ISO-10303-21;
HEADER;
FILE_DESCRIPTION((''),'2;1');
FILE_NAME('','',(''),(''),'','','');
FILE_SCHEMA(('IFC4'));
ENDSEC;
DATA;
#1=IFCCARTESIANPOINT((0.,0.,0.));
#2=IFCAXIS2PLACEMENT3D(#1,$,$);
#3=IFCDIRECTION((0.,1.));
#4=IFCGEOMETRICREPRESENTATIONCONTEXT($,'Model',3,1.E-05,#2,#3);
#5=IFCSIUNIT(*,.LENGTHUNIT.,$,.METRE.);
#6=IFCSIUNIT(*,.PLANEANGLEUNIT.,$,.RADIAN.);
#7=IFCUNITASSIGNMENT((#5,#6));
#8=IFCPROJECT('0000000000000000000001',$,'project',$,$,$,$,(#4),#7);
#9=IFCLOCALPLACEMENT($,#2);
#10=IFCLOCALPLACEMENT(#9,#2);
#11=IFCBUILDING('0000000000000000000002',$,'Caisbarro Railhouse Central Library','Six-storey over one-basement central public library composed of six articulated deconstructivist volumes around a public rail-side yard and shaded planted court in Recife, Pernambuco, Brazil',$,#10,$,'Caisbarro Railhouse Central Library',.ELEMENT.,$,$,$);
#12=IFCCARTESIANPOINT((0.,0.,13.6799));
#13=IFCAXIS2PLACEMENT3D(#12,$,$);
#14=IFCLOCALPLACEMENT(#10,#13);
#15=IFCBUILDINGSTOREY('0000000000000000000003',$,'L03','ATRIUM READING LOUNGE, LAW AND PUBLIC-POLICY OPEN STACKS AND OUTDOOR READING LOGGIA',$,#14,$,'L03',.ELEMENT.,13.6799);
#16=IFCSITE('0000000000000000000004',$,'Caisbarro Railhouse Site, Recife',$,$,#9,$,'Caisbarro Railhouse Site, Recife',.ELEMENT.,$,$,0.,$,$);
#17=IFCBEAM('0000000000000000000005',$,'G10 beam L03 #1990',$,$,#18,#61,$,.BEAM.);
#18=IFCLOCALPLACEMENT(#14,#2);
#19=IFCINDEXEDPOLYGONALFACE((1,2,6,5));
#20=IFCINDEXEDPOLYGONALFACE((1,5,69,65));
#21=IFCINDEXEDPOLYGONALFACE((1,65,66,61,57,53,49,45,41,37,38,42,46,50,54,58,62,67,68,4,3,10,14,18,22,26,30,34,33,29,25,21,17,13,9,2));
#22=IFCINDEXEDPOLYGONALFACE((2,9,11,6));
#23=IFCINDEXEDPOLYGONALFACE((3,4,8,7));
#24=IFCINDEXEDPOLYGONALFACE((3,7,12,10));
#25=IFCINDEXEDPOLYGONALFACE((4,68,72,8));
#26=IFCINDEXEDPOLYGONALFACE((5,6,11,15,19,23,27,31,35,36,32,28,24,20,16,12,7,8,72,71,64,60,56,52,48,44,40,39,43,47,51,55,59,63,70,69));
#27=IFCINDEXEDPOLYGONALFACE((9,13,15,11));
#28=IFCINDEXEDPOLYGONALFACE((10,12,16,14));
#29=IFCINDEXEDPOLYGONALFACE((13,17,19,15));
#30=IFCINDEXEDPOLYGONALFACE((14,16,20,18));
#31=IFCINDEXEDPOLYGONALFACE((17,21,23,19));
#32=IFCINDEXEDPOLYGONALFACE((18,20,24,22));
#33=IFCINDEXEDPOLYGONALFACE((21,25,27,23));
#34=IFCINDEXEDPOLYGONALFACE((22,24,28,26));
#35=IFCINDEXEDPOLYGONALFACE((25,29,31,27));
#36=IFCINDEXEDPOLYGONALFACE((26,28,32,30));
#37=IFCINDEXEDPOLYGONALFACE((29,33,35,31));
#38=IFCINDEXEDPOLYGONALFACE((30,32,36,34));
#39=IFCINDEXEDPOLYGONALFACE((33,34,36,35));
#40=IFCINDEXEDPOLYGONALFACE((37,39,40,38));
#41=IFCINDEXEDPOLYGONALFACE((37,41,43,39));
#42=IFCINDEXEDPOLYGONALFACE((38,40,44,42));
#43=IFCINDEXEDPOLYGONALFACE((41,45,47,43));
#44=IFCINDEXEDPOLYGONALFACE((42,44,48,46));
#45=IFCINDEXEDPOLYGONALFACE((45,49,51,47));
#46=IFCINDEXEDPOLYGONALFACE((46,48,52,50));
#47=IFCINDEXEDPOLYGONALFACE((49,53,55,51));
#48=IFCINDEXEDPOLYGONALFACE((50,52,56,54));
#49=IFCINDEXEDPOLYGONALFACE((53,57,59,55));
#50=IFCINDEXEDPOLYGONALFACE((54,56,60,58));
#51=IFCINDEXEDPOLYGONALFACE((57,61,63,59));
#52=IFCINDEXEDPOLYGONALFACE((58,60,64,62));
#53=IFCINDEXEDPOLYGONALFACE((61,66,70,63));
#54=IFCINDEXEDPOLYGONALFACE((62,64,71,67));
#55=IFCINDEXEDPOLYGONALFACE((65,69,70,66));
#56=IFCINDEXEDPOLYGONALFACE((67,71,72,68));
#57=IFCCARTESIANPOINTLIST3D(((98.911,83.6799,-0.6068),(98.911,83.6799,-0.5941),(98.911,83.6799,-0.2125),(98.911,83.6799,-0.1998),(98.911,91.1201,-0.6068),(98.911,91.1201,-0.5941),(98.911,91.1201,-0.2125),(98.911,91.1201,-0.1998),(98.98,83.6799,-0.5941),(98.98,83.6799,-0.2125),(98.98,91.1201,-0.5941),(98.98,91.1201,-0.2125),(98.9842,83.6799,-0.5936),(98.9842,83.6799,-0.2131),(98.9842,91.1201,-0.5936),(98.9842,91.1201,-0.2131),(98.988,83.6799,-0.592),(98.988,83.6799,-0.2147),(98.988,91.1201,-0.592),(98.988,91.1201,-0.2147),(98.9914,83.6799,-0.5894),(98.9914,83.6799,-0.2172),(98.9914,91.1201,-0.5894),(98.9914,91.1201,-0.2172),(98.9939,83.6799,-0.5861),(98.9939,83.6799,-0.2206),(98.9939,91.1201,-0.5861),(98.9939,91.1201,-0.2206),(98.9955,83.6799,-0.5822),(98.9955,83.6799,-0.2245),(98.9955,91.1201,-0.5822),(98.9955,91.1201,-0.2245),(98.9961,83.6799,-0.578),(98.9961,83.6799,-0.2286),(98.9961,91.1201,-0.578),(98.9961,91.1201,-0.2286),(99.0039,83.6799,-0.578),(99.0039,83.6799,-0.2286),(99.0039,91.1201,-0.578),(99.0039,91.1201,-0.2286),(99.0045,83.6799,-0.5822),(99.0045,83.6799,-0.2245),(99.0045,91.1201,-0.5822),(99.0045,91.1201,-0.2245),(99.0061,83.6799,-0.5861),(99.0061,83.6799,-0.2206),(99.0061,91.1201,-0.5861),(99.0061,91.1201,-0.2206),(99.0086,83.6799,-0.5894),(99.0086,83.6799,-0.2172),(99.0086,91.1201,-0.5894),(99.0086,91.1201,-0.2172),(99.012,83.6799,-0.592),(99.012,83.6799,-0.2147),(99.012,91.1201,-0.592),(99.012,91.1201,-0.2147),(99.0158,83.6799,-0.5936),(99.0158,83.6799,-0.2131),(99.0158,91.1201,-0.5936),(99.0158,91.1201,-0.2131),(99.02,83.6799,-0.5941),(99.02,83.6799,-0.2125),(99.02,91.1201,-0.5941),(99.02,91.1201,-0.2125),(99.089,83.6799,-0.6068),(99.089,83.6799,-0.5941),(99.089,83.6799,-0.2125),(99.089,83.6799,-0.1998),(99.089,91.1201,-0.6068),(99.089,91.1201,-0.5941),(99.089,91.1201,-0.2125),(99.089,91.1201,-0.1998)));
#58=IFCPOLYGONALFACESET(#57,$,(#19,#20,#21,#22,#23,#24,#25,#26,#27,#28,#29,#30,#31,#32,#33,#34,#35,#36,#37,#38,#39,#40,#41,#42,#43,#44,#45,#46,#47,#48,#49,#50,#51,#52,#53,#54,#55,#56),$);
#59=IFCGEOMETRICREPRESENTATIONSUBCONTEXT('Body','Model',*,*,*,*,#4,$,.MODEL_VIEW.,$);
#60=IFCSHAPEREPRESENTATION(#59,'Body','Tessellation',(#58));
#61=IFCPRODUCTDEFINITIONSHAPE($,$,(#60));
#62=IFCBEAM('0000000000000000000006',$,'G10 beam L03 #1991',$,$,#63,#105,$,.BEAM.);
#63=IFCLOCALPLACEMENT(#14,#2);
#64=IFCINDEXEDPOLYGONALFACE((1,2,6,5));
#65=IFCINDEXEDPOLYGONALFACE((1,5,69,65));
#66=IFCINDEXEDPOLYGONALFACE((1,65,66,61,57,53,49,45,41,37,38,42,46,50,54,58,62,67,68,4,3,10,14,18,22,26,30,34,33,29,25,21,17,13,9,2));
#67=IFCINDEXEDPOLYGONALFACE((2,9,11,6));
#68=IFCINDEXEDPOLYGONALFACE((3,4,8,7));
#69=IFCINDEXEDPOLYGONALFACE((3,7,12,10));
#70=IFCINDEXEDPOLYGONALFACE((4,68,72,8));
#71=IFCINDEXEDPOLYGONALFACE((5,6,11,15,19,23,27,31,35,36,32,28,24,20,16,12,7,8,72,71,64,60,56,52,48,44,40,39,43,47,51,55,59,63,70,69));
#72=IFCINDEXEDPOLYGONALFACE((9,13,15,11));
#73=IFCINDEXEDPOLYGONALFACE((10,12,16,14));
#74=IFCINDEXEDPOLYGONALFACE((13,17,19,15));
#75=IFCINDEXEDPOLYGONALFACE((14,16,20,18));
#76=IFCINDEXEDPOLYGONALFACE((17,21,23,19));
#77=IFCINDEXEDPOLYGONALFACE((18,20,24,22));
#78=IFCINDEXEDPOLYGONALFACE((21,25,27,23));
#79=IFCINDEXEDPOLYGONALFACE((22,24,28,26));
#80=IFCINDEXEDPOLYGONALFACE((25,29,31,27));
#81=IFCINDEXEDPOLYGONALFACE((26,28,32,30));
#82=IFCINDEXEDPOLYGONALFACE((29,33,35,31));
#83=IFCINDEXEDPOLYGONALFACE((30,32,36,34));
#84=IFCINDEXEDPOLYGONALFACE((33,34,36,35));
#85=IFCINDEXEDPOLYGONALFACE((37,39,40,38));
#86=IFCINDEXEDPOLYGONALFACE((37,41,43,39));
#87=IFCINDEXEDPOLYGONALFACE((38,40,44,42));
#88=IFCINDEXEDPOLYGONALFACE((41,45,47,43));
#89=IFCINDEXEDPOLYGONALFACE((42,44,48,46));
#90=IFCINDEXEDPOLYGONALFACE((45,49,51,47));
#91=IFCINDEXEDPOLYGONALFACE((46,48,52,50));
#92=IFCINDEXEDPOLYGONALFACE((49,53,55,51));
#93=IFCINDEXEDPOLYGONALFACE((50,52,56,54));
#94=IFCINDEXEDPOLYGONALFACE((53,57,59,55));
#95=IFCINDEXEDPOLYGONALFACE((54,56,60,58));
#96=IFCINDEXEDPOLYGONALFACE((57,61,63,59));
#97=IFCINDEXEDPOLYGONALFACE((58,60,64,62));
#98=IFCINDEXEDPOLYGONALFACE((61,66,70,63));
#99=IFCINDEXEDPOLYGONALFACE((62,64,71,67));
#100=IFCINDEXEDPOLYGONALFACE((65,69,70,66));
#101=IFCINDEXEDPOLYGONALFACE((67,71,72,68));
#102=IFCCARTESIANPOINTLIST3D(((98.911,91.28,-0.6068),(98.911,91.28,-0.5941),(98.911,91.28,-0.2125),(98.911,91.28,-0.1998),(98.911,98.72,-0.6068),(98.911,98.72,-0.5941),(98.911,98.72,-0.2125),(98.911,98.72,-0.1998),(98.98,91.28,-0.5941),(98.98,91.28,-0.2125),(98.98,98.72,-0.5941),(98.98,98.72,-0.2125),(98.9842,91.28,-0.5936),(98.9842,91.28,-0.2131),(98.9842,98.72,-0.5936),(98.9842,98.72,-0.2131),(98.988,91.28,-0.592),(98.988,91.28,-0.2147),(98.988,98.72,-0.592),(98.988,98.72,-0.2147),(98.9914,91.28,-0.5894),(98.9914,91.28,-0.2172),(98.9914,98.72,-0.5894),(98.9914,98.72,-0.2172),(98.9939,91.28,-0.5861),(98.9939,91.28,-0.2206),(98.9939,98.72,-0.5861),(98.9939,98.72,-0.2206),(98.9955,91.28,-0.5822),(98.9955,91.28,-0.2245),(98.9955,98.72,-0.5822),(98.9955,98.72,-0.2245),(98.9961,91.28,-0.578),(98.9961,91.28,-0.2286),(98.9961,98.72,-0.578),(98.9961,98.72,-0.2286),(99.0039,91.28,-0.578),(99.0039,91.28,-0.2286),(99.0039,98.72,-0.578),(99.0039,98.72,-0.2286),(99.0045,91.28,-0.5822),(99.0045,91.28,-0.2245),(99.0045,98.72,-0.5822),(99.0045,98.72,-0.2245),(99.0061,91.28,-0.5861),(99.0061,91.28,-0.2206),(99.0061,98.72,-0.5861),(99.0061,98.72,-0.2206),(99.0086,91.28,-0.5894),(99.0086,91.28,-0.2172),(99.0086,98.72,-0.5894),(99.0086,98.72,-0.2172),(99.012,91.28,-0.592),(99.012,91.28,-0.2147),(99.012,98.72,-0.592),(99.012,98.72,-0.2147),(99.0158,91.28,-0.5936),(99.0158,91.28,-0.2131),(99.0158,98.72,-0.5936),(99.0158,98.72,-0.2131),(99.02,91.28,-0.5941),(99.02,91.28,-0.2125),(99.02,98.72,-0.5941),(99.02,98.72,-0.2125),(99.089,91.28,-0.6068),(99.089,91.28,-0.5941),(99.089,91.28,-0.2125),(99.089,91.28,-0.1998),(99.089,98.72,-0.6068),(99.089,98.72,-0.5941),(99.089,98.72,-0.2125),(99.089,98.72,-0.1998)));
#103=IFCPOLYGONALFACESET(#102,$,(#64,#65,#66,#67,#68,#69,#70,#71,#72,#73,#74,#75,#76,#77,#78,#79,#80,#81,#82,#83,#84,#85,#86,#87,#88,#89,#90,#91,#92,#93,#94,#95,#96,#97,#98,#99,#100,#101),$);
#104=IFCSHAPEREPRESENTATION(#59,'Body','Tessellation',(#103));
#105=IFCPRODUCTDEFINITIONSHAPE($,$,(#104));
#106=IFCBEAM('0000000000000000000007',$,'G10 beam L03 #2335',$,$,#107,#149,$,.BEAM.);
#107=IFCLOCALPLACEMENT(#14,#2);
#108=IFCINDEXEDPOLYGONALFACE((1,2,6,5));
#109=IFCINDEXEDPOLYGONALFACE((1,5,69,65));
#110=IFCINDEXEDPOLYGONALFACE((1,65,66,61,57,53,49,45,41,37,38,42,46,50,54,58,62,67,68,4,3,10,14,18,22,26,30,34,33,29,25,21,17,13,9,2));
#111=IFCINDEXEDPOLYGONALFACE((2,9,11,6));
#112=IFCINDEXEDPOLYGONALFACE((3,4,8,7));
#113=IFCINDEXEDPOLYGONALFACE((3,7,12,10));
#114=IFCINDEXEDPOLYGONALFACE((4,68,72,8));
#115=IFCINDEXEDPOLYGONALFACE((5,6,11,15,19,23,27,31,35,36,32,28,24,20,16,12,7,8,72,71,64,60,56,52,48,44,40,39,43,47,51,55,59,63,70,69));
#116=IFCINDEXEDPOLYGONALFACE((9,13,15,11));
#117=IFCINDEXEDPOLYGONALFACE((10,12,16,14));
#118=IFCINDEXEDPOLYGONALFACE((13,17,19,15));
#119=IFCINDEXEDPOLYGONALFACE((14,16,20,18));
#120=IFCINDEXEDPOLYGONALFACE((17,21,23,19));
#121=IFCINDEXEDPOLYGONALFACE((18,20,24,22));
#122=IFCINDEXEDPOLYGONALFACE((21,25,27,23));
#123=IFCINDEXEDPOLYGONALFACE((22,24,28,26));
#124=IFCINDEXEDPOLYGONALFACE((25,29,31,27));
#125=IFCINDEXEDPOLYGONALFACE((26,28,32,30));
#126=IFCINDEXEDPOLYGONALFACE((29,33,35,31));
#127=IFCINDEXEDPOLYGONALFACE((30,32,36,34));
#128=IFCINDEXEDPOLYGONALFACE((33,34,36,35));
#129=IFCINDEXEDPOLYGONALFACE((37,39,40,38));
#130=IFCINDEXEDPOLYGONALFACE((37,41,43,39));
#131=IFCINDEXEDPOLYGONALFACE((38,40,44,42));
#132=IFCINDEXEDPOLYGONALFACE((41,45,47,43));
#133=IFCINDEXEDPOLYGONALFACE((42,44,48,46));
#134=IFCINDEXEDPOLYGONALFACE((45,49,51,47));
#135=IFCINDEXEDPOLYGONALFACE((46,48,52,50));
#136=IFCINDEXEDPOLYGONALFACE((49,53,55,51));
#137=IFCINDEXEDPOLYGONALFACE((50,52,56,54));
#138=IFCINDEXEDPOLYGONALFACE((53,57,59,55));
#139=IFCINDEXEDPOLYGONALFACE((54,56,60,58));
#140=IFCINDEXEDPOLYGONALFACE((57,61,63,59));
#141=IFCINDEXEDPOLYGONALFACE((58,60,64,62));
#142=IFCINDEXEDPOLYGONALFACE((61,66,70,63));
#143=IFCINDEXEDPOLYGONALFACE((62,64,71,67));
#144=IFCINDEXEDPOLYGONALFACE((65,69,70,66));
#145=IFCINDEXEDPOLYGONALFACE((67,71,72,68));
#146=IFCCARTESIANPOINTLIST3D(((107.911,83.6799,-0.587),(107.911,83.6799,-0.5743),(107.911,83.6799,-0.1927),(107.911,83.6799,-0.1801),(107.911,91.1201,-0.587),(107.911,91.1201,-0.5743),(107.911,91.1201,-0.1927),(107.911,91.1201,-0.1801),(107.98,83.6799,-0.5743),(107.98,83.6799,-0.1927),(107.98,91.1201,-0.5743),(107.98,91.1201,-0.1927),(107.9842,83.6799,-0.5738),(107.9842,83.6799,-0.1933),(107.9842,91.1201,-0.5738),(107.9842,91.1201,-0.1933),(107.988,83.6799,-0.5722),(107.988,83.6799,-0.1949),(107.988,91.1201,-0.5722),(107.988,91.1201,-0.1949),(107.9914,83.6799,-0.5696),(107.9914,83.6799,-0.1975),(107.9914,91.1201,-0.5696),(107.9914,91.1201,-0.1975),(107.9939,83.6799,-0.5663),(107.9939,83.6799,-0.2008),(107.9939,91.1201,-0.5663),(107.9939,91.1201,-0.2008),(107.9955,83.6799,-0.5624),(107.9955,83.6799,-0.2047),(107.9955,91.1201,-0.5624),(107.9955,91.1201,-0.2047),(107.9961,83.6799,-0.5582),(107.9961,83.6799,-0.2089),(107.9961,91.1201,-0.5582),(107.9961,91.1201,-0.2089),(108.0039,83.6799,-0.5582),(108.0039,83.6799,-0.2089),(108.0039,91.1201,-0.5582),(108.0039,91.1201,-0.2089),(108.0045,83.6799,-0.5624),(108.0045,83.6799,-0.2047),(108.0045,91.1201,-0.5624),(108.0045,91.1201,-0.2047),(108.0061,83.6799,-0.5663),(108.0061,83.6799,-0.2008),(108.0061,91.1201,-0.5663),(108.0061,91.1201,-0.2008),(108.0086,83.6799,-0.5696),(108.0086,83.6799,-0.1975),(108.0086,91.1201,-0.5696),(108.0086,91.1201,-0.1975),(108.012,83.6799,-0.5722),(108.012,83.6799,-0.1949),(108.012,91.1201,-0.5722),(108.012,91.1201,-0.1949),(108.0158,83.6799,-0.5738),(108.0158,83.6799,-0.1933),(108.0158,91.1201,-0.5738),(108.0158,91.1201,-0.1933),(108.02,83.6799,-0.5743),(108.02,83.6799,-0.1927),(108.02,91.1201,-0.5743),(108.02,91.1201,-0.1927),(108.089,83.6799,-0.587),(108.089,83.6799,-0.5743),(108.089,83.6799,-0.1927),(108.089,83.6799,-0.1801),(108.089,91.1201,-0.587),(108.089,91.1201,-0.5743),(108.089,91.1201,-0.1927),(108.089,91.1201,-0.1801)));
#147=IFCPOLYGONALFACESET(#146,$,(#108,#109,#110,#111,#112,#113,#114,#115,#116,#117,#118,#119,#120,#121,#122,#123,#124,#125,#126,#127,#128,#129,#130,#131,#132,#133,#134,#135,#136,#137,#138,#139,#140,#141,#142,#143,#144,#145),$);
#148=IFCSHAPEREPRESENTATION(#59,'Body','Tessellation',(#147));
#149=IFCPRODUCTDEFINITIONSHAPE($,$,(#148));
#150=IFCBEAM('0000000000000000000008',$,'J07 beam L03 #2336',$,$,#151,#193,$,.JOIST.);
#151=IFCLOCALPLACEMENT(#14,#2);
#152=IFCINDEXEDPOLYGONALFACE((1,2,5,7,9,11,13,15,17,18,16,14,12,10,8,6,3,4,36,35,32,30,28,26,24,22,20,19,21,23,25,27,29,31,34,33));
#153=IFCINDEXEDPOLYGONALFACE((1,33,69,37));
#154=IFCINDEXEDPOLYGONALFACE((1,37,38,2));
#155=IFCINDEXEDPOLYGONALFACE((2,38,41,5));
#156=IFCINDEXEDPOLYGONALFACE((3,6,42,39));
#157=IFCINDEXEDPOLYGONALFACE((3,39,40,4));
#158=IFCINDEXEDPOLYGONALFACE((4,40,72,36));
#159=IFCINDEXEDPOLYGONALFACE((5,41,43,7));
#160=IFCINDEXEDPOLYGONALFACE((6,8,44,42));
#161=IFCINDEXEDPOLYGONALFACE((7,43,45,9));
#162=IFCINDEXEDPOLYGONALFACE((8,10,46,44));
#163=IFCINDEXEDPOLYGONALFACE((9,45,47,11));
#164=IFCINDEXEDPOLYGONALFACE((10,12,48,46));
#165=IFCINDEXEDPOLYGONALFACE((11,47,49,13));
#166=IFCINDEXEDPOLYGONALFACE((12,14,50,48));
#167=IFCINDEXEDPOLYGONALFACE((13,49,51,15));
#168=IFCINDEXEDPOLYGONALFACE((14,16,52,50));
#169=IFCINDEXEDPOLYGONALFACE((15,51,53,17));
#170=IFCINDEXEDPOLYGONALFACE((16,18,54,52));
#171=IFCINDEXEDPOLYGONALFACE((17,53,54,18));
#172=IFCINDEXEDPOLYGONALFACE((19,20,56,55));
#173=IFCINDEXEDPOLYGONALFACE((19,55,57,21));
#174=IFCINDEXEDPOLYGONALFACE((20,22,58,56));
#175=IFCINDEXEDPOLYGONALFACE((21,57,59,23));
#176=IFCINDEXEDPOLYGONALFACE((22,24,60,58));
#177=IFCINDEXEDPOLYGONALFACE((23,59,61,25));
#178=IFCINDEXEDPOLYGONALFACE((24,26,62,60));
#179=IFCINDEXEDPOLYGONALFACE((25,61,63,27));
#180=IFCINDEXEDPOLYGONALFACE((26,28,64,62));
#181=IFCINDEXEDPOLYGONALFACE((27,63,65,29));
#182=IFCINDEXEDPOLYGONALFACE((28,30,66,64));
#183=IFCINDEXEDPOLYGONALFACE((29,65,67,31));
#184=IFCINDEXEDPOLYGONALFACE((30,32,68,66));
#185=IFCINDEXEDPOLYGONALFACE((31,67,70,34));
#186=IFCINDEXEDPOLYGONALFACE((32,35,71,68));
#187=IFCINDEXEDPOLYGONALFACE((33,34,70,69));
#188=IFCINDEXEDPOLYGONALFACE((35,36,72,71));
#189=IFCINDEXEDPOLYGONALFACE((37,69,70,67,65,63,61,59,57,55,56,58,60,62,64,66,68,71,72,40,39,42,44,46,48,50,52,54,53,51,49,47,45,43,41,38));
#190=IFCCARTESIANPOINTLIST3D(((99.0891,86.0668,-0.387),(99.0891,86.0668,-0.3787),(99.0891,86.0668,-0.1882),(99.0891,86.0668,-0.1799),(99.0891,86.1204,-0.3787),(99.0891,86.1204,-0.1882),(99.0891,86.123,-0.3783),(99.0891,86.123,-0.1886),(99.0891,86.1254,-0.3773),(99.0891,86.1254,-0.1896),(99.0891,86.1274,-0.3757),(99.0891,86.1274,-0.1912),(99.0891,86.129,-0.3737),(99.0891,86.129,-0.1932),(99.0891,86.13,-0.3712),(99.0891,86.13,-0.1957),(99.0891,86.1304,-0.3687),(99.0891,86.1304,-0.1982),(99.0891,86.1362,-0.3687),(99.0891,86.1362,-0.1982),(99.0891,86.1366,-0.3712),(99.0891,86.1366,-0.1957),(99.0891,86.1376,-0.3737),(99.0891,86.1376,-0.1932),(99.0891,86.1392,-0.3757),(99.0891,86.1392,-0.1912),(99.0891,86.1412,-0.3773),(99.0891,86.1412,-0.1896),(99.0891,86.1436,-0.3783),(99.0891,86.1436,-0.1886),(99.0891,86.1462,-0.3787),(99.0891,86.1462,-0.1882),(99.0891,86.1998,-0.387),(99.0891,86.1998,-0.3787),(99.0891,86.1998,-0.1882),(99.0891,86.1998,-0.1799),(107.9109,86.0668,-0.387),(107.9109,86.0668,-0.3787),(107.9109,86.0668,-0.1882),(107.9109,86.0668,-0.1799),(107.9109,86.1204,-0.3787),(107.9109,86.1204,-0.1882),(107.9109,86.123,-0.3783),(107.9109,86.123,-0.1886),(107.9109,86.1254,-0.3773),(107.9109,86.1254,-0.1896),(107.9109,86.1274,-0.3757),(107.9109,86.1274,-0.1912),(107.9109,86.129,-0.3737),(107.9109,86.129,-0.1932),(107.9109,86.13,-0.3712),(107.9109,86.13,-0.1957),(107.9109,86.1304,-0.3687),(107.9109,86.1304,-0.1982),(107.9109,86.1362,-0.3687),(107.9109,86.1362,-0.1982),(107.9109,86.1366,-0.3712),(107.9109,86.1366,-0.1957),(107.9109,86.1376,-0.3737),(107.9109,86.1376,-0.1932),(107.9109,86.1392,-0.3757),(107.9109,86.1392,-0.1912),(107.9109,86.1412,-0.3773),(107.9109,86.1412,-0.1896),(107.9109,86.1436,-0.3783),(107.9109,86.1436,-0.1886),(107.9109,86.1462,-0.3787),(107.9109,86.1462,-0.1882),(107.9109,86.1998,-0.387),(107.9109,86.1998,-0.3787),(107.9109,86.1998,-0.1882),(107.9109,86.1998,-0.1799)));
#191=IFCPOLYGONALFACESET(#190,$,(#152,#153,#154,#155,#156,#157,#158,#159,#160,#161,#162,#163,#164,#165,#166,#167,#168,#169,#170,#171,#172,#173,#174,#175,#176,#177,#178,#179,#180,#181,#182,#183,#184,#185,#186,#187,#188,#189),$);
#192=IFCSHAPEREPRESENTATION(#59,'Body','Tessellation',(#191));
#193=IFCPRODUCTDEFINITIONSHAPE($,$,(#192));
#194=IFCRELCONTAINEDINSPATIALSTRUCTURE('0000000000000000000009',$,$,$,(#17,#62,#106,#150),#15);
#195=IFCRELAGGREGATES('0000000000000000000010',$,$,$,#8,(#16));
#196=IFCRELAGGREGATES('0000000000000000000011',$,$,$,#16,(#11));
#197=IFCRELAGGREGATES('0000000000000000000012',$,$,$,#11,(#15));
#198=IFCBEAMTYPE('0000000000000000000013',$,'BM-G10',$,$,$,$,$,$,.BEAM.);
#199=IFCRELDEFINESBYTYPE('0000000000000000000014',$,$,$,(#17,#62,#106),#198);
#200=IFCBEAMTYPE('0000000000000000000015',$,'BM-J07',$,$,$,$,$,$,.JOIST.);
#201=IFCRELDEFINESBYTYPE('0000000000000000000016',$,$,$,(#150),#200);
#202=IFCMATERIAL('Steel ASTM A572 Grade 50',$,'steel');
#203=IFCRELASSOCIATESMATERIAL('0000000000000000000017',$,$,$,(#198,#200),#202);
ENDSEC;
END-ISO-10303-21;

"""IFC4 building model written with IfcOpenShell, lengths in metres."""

from ifc_helpers import new_model, si_unit, direction, frame, origin, origin_2d, place, context, subcontext, project, spatial, i_section, extrude, material, material_profile, profile_set, type_object, element, save


model = new_model("IFC4")

# Units and contexts
model_context = context("Model", 3, precision=1e-05, world=origin(), true_north=direction((0.0, 1.0)))
body_context = subcontext(model_context, "Body", "Model", "MODEL_VIEW")
ifc_project = project(units=[si_unit("LENGTHUNIT", "METRE"), si_unit("PLANEANGLEUNIT", "RADIAN")], contexts=[model_context])

# Site, building, storey
site_placement = place(None, origin())
site = spatial("IfcSite", under=ifc_project, at=site_placement, Name="Caisbarro Railhouse Site, Recife", LongName="Caisbarro Railhouse Site, Recife", CompositionType="ELEMENT", RefElevation=0.0)
building_placement = place(site_placement, origin())
building = spatial("IfcBuilding", under=site, at=building_placement, Name="Caisbarro Railhouse Central Library", Description="Six-storey over one-basement central public library composed of six articulated deconstructivist volumes around a public rail-side yard and shaded planted court in Recife, Pernambuco, Brazil", LongName="Caisbarro Railhouse Central Library", CompositionType="ELEMENT")
storey_placement = place(building_placement, frame((0.0, 0.0, 13.6799)))
storey = spatial("IfcBuildingStorey", under=building, at=storey_placement, Name="L03", Description="ATRIUM READING LOUNGE, LAW AND PUBLIC-POLICY OPEN STACKS AND OUTDOOR READING LOGGIA", LongName="L03", CompositionType="ELEMENT", Elevation=13.6799)

# Shared definitions
ifc_material_1 = material(Name="Steel ASTM A572 Grade 50", Category="steel")

# Beams
ifc_material_profile_1 = material_profile(ifc_material_1, i_section(OverallWidth=0.178, OverallDepth=0.407, WebThickness=0.0078, FlangeThickness=0.0127, FilletRadius=0.0161, at=origin_2d()), Name="W410X60.0")
ifc_profile_set_1 = profile_set([ifc_material_profile_1], Name="Steel ASTM A572 Grade 50")
beam_type_1 = type_object("IfcBeamType", Name="BM-G10", PredefinedType="BEAM", material=ifc_profile_set_1)
beam_1_placement = place(storey_placement, frame((99.0, 83.6799, -0.4033), z_axis=(0.0, 1.0, 0.0), x_axis=(-1.0, 0.0, 0.0)))
element("IfcBeam", 1, at=beam_1_placement, inside=storey, type_object=beam_type_1, Name="G10 beam L03 #1990", PredefinedType="BEAM", context=body_context, shape_type="SweptSolid", body=[
    extrude(i_section(OverallWidth=0.178, OverallDepth=0.407, WebThickness=0.0078, FlangeThickness=0.0127, FilletRadius=0.0161, at=origin_2d()), origin(), (0.0, 0.0, 1.0), 7.4402),
])
beam_2_placement = place(storey_placement, frame((99.0, 91.28, -0.4033), z_axis=(0.0, 1.0, 0.0), x_axis=(-1.0, 0.0, 0.0)))
element("IfcBeam", 2, at=beam_2_placement, inside=storey, type_object=beam_type_1, Name="G10 beam L03 #1991", PredefinedType="BEAM", context=body_context, shape_type="SweptSolid", body=[
    extrude(i_section(OverallWidth=0.178, OverallDepth=0.407, WebThickness=0.0078, FlangeThickness=0.0127, FilletRadius=0.0161, at=origin_2d()), origin(), (0.0, 0.0, 1.0), 7.4399),
])
beam_3_placement = place(storey_placement, frame((108.0, 83.6799, -0.3835), z_axis=(0.0, 1.0, 0.0), x_axis=(-1.0, 0.0, 0.0)))
element("IfcBeam", 3, at=beam_3_placement, inside=storey, type_object=beam_type_1, Name="G10 beam L03 #2335", PredefinedType="BEAM", context=body_context, shape_type="SweptSolid", body=[
    extrude(i_section(OverallWidth=0.178, OverallDepth=0.407, WebThickness=0.0078, FlangeThickness=0.0127, FilletRadius=0.0161, at=origin_2d()), origin(), (0.0, 0.0, 1.0), 7.4402),
])
ifc_material_profile_2 = material_profile(ifc_material_1, i_section(OverallWidth=0.1331, OverallDepth=0.207, WebThickness=0.0059, FlangeThickness=0.0083, FilletRadius=0.01, at=origin_2d()), Name="W200X26.6")
ifc_profile_set_2 = profile_set([ifc_material_profile_2], Name="Steel ASTM A572 Grade 50")
beam_type_2 = type_object("IfcBeamType", Name="BM-J07", PredefinedType="JOIST", material=ifc_profile_set_2)
for number, where, z_axis, x_axis, name in (
    (4, (99.0891, 86.1333, -0.2834), (1.0, 0.0, 0.0), (0.0, 1.0, 0.0), "J07 beam L03 #2336"),
):
    element("IfcBeam", number, at=place(storey_placement, frame(where, z_axis=z_axis, x_axis=x_axis)), inside=storey, type_object=beam_type_2, Name=name, PredefinedType="JOIST", context=body_context, shape_type="SweptSolid", body=[
        extrude(i_section(OverallWidth=0.1331, OverallDepth=0.207, WebThickness=0.0059, FlangeThickness=0.0083, FilletRadius=0.01, at=origin_2d()), origin(), (0.0, 0.0, 1.0), 8.8218),
    ])

save(model, "model.ifc")
